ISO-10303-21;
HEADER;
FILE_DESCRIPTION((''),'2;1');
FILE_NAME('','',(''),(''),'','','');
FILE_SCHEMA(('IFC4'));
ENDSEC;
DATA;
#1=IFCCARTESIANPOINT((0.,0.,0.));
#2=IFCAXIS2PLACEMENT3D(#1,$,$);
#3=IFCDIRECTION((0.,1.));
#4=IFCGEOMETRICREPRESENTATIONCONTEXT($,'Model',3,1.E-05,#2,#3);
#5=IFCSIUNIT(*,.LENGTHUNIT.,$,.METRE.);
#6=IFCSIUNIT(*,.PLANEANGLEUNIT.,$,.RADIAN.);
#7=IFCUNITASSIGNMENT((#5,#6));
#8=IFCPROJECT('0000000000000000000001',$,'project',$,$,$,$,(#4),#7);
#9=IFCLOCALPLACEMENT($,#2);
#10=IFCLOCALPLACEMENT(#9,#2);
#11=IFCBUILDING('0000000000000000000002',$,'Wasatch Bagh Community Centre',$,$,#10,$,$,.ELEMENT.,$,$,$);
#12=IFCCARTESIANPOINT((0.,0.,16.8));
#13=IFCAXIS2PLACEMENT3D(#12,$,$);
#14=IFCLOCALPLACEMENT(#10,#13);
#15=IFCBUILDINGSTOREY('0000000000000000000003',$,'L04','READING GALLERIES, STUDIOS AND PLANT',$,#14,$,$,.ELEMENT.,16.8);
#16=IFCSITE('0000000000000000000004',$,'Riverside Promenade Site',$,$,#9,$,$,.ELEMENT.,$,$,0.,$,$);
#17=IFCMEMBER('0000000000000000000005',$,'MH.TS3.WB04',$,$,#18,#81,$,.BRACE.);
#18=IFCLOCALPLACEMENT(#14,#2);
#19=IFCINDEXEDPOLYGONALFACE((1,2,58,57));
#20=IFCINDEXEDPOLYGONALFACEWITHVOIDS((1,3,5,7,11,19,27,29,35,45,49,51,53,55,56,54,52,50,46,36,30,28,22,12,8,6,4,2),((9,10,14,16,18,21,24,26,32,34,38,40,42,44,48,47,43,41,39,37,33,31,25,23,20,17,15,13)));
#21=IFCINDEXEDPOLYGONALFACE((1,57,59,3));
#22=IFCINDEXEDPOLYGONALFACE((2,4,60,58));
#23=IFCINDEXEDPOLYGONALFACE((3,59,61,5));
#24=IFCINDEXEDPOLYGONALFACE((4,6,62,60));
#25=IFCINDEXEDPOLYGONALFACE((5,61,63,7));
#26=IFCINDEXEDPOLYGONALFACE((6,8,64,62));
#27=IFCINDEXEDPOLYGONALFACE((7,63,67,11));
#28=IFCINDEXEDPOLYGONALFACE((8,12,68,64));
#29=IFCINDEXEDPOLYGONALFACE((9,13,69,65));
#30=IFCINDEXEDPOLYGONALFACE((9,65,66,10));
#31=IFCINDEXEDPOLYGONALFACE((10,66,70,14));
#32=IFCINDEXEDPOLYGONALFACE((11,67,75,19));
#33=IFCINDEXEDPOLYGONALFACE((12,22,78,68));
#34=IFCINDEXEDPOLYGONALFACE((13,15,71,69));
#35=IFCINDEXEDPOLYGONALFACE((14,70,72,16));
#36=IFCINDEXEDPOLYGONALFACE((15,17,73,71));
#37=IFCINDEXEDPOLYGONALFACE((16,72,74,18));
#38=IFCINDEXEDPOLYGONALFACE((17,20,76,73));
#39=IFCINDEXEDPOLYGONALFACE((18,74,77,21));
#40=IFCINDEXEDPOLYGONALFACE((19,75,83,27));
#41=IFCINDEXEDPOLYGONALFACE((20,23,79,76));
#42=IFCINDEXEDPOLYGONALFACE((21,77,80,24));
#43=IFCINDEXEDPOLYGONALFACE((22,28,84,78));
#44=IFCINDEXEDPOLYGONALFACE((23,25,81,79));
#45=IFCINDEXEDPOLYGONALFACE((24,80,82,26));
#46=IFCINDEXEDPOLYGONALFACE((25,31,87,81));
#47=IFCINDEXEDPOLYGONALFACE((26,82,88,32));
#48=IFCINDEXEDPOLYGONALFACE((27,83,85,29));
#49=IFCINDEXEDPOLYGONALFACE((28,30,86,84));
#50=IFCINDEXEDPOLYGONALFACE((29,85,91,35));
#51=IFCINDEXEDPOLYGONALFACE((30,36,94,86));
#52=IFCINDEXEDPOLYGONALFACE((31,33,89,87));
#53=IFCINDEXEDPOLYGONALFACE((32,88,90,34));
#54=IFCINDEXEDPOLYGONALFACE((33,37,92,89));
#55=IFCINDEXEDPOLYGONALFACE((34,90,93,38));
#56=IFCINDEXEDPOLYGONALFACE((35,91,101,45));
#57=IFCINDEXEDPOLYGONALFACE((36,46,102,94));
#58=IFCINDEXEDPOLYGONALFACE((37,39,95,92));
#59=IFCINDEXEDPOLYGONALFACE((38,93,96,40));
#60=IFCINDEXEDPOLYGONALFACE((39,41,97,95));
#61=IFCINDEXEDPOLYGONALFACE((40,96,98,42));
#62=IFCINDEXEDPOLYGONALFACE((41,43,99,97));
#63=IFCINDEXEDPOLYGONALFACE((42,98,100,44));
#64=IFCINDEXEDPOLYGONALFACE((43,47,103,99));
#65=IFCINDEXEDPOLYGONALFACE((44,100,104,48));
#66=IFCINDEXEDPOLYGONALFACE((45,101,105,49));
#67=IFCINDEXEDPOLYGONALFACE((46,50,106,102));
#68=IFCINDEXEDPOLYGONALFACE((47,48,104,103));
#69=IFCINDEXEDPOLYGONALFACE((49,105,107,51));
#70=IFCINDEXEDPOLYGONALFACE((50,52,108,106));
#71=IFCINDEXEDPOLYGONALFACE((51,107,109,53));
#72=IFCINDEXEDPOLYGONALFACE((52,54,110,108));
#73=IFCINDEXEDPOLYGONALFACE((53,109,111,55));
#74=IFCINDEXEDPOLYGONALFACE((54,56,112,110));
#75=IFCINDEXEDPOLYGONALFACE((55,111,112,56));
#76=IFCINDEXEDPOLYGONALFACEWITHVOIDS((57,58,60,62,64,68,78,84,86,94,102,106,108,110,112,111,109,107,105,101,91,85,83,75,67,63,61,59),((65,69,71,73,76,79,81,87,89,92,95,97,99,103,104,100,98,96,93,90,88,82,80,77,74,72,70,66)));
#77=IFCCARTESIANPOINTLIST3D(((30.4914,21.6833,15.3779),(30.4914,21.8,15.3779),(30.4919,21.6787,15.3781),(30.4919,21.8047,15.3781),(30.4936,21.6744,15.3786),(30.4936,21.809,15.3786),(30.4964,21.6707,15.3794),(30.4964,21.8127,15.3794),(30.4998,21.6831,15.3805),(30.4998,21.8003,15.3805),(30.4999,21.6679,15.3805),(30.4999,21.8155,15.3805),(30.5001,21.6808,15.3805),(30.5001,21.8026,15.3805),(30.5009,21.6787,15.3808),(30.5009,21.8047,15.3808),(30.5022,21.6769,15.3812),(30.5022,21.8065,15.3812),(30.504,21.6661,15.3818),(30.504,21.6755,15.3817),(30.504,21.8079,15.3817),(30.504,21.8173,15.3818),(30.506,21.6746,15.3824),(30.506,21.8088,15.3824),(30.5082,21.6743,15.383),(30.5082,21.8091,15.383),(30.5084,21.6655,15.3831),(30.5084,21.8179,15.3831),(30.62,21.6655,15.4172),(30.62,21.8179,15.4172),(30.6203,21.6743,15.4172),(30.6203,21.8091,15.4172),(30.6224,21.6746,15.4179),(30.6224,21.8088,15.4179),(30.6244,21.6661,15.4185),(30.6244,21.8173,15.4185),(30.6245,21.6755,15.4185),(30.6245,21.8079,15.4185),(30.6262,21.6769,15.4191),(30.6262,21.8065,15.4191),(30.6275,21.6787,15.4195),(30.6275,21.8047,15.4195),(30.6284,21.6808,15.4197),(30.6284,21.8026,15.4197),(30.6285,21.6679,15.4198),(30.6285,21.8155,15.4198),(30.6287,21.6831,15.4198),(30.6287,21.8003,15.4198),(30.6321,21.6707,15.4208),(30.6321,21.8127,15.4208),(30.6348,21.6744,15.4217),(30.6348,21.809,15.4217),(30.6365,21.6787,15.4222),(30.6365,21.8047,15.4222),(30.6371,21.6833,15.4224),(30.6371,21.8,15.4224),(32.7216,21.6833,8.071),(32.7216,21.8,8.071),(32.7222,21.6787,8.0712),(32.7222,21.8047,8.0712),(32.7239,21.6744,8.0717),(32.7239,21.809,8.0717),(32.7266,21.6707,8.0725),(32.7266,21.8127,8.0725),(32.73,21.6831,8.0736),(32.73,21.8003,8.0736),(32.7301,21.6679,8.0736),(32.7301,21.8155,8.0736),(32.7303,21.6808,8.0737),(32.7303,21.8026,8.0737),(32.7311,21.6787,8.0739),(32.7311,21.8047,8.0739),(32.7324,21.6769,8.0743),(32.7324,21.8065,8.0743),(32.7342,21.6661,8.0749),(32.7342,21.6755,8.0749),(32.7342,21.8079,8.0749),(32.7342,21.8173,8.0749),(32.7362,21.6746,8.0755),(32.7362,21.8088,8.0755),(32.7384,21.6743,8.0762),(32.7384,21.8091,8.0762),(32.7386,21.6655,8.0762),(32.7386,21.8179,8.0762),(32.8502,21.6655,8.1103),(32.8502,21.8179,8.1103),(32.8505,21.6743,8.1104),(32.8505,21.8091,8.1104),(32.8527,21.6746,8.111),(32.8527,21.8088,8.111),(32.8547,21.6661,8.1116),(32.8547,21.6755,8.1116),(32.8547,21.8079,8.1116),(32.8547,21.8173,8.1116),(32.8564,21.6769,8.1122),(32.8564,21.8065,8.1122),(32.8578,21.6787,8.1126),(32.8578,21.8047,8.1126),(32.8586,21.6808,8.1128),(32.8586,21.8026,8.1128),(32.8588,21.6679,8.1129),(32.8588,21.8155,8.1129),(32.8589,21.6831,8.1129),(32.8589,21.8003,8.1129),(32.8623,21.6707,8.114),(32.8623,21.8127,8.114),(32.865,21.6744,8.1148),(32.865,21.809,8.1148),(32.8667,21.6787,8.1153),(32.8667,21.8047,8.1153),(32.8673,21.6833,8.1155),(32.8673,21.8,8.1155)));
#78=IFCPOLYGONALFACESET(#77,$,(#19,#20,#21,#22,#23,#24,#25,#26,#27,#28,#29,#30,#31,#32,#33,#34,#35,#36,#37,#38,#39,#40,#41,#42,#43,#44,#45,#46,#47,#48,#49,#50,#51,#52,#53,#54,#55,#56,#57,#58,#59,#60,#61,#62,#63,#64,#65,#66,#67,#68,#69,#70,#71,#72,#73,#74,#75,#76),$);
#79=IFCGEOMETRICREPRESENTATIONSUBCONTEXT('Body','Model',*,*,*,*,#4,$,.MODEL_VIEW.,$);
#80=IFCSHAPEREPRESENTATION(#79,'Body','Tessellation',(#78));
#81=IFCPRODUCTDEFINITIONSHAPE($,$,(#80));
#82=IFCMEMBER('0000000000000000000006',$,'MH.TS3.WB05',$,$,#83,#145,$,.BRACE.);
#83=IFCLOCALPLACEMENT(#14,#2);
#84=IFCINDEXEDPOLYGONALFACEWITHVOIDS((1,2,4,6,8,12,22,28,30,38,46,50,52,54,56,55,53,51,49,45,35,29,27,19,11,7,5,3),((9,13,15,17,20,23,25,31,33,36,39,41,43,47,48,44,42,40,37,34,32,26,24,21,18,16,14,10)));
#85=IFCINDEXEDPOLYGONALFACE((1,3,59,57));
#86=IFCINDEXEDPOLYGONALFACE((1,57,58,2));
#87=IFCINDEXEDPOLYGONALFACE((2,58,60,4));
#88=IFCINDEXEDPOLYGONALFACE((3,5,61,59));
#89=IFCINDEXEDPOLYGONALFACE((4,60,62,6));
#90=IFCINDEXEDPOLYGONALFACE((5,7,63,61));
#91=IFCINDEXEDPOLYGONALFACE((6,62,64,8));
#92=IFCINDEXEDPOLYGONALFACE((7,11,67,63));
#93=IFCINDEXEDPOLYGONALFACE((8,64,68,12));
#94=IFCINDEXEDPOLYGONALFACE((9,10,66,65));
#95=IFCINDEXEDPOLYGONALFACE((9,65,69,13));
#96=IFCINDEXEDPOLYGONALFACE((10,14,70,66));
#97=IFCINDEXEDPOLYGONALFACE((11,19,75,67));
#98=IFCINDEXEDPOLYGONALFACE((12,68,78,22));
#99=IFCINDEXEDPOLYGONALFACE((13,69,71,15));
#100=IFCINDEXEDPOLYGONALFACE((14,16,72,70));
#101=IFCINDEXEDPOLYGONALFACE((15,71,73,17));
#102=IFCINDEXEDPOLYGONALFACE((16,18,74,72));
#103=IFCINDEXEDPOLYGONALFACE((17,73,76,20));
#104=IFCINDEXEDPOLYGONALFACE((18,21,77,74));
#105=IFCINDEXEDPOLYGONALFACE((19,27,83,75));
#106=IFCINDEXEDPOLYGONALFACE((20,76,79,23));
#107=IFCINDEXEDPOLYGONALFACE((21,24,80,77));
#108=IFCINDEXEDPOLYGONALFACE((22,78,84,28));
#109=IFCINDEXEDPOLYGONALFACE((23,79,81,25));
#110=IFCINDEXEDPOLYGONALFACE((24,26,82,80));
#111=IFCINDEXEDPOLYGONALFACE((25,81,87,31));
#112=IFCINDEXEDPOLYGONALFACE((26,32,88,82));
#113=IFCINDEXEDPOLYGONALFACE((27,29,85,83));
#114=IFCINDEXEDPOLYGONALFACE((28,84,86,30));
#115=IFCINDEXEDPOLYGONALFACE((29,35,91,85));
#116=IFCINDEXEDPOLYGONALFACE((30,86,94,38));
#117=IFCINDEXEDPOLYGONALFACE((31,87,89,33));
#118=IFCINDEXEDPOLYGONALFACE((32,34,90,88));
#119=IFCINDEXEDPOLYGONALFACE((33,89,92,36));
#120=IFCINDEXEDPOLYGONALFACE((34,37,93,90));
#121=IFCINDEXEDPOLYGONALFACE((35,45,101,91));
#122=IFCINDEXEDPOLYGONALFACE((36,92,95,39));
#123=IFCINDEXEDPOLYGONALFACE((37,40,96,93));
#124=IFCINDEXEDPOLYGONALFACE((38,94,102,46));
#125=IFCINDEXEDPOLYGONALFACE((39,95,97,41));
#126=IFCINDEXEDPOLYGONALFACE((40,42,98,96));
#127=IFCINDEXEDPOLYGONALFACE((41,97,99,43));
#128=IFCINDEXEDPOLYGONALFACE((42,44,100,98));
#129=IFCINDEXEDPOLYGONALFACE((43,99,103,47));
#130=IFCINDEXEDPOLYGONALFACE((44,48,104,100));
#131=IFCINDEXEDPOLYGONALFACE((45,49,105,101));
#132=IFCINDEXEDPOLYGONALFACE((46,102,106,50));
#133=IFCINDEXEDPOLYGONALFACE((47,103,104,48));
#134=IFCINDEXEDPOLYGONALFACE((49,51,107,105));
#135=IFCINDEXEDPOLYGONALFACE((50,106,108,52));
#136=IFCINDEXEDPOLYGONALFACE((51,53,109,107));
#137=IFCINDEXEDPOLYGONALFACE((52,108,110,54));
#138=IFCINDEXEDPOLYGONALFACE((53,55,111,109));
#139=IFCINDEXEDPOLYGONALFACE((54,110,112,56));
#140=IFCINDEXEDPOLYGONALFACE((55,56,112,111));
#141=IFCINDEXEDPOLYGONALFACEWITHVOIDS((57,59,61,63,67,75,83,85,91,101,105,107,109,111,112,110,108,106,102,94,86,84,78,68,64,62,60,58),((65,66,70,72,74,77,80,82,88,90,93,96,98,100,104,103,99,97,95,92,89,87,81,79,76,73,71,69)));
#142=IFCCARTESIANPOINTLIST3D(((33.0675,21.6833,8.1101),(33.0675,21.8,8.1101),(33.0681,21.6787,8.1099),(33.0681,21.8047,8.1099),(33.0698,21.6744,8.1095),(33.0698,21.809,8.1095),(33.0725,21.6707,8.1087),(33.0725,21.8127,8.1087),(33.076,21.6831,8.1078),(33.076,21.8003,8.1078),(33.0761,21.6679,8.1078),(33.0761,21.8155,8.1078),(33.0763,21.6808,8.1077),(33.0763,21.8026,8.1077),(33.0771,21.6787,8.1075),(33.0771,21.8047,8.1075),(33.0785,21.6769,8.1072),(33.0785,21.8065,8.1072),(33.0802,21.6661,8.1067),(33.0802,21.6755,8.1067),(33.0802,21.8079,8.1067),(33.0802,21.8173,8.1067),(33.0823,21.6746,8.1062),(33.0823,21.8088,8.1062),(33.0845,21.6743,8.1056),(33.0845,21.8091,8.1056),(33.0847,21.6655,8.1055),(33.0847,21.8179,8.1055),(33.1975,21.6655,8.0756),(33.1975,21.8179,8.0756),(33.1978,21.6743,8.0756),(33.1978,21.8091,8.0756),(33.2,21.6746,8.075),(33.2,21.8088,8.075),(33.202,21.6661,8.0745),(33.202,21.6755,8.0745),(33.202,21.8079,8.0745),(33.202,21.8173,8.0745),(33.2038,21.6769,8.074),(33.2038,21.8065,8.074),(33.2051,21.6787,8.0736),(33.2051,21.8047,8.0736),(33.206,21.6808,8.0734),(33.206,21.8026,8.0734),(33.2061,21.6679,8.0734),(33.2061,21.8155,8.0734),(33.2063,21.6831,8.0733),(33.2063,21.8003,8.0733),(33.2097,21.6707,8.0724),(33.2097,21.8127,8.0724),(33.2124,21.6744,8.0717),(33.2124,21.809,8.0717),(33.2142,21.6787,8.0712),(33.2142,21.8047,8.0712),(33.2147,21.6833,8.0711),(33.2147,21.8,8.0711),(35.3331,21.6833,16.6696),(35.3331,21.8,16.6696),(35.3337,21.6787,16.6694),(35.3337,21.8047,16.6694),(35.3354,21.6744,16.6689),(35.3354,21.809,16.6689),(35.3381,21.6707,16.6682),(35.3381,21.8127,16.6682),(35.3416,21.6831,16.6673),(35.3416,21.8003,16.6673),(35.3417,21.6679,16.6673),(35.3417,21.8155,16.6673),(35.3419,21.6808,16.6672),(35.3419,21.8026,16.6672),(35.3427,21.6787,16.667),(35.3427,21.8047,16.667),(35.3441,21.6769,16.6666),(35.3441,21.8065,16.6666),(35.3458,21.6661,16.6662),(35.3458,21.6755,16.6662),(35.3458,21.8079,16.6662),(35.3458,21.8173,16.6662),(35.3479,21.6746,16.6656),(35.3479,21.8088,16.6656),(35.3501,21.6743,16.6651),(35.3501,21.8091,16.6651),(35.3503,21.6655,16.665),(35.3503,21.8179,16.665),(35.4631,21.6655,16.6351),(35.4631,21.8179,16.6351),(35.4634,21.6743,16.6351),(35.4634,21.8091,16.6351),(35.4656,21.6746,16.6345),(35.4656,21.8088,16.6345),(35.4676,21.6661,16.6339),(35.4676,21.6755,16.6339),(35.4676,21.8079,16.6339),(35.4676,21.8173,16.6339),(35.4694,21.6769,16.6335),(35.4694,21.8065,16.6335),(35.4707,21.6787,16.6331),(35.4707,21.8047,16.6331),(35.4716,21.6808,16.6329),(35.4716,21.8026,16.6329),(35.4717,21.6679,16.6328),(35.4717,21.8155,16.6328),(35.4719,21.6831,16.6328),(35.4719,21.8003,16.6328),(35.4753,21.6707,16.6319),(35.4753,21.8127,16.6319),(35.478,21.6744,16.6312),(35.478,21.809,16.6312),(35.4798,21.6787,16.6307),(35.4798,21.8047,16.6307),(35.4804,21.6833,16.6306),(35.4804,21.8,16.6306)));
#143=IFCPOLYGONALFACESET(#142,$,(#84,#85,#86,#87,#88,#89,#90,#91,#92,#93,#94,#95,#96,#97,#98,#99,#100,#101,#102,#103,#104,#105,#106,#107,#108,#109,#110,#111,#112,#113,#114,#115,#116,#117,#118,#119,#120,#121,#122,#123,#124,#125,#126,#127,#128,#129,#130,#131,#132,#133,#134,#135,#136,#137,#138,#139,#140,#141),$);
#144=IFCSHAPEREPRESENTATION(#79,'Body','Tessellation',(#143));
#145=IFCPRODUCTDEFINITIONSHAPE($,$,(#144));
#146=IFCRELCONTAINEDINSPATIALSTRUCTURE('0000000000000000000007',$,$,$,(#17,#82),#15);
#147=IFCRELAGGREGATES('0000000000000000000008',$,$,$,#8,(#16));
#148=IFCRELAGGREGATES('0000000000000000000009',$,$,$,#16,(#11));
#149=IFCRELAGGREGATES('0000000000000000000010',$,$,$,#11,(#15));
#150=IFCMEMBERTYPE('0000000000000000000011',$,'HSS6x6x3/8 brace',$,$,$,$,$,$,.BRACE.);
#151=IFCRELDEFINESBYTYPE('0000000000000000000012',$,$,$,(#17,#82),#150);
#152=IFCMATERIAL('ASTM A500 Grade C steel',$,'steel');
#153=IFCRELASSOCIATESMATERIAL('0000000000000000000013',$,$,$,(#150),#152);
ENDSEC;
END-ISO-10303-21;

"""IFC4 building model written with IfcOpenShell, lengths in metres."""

from ifc_helpers import new_model, si_unit, direction, frame, origin, origin_2d, place, context, subcontext, project, spatial, hollow_rectangle, extrude, material, material_profile, profile_set, type_object, element, save


model = new_model("IFC4")

# Units and contexts
model_context = context("Model", 3, precision=1e-05, world=origin(), true_north=direction((0.0, 1.0)))
body_context = subcontext(model_context, "Body", "Model", "MODEL_VIEW")
ifc_project = project(units=[si_unit("LENGTHUNIT", "METRE"), si_unit("PLANEANGLEUNIT", "RADIAN")], contexts=[model_context])

# Site, building, storey
site_placement = place(None, origin())
site = spatial("IfcSite", under=ifc_project, at=site_placement, Name="Riverside Promenade Site", CompositionType="ELEMENT", RefElevation=0.0)
building_placement = place(site_placement, origin())
building = spatial("IfcBuilding", under=site, at=building_placement, Name="Wasatch Bagh Community Centre", CompositionType="ELEMENT")
storey_placement = place(building_placement, frame((0.0, 0.0, 16.8)))
storey = spatial("IfcBuildingStorey", under=building, at=storey_placement, Name="L04", Description="READING GALLERIES, STUDIOS AND PLANT", CompositionType="ELEMENT", Elevation=16.8)

# Members
ifc_material_1 = material(Name="ASTM A500 Grade C steel", Category="steel")
ifc_material_profile_1 = material_profile(ifc_material_1, hollow_rectangle(XDim=0.1523, YDim=0.1523, WallThickness=0.0088, InnerFilletRadius=0.0088, OuterFilletRadius=0.0178, at=origin_2d()), Name="HSS6x6x3/8")
ifc_profile_set_1 = profile_set([ifc_material_profile_1], Name="ASTM A500 Grade C steel")
member_type_1 = type_object("IfcMemberType", Name="HSS6x6x3/8 brace", PredefinedType="BRACE", material=ifc_profile_set_1)
member_1_placement = place(storey_placement, frame((32.7944, 21.7417, 8.0933), z_axis=(-0.291927, 0.0, 0.956441), x_axis=(0.0, -1.0, 0.0)))
element("IfcMember", 1, at=member_1_placement, inside=storey, type_object=member_type_1, Name="MH.TS3.WB04", PredefinedType="BRACE", context=body_context, shape_type="SweptSolid", body=[
    extrude(hollow_rectangle(XDim=0.1523, YDim=0.1523, WallThickness=0.0088, InnerFilletRadius=0.0088, OuterFilletRadius=0.0178, at=origin_2d()), origin(), (0.0, 0.0, 1.0), 7.6396),
])
member_2_placement = place(storey_placement, frame((33.1411, 21.7417, 8.0906), z_axis=(0.255877, 0.0, 0.966709), x_axis=(0.0, 1.0, 0.0)))
element("IfcMember", 2, at=member_2_placement, inside=storey, type_object=member_type_1, Name="MH.TS3.WB05", PredefinedType="BRACE", context=body_context, shape_type="SweptSolid", body=[
    extrude(hollow_rectangle(XDim=0.1523, YDim=0.1523, WallThickness=0.0088, InnerFilletRadius=0.0088, OuterFilletRadius=0.0178, at=origin_2d()), origin(), (0.0, 0.0, 1.0), 8.8542),
])

save(model, "model.ifc")
